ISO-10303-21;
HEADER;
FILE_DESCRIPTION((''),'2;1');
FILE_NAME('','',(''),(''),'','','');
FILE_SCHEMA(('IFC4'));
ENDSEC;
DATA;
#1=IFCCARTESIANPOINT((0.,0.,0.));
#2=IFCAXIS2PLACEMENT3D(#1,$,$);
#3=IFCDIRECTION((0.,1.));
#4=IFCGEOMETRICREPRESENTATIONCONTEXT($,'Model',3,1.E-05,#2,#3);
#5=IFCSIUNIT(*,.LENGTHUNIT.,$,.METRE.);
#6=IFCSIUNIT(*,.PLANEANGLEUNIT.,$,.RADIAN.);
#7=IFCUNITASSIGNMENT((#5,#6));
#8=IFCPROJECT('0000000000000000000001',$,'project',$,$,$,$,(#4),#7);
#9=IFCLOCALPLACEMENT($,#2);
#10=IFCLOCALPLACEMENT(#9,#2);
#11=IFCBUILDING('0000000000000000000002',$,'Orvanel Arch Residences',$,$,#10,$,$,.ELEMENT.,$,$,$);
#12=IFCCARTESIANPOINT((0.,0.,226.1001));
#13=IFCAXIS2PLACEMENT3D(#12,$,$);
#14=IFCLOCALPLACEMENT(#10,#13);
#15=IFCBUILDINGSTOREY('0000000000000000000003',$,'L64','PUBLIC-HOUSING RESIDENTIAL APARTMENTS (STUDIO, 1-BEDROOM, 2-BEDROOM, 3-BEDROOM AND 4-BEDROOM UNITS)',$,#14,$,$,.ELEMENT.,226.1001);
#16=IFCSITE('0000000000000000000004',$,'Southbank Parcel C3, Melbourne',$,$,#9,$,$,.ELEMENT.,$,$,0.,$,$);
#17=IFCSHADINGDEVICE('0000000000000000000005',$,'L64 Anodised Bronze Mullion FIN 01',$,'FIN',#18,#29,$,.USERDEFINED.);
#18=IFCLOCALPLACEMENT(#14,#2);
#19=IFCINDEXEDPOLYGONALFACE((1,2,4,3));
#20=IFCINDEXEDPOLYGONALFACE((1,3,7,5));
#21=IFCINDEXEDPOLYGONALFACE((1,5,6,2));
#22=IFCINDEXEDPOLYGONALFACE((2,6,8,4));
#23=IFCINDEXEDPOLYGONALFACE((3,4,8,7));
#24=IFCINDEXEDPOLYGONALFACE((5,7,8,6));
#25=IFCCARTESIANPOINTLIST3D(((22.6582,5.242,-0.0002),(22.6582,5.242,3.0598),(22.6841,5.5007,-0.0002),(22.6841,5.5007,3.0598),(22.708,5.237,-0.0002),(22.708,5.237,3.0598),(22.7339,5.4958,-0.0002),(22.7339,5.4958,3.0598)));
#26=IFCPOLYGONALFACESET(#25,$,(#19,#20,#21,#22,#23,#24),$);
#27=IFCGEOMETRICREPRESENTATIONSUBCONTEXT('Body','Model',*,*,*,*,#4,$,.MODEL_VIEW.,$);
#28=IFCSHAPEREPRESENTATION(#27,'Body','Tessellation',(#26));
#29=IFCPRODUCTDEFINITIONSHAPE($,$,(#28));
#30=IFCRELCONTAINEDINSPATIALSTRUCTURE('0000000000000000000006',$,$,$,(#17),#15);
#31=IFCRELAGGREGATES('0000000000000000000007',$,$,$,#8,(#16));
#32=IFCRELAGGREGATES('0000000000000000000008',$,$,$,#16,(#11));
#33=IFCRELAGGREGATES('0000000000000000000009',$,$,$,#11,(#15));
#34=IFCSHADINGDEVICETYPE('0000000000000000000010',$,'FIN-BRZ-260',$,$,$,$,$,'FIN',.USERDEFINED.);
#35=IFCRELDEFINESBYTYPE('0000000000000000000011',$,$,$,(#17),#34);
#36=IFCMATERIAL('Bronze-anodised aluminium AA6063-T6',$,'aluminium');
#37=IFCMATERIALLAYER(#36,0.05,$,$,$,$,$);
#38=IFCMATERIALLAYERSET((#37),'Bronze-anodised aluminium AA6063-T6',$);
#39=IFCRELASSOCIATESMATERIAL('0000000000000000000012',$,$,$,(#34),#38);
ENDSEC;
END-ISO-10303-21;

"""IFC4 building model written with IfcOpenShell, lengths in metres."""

from ifc_helpers import new_model, si_unit, direction, frame, origin, origin_2d, place, context, subcontext, project, spatial, rectangle, extrude, material, layer, layer_set, type_object, element, save


model = new_model("IFC4")

# Units and contexts
model_context = context("Model", 3, precision=1e-05, world=origin(), true_north=direction((0.0, 1.0)))
body_context = subcontext(model_context, "Body", "Model", "MODEL_VIEW")
ifc_project = project(units=[si_unit("LENGTHUNIT", "METRE"), si_unit("PLANEANGLEUNIT", "RADIAN")], contexts=[model_context])

# Site, building, storey
site_placement = place(None, origin())
site = spatial("IfcSite", under=ifc_project, at=site_placement, Name="Southbank Parcel C3, Melbourne", CompositionType="ELEMENT", RefElevation=0.0)
building_placement = place(site_placement, origin())
building = spatial("IfcBuilding", under=site, at=building_placement, Name="Orvanel Arch Residences", CompositionType="ELEMENT")
storey_placement = place(building_placement, frame((0.0, 0.0, 226.1001)))
storey = spatial("IfcBuildingStorey", under=building, at=storey_placement, Name="L64", Description="PUBLIC-HOUSING RESIDENTIAL APARTMENTS (STUDIO, 1-BEDROOM, 2-BEDROOM, 3-BEDROOM AND 4-BEDROOM UNITS)", CompositionType="ELEMENT", Elevation=226.1001)

# Shared definitions
ifc_material_1 = material(Name="Bronze-anodised aluminium AA6063-T6", Category="aluminium")

# Shading device
ifc_layer_1 = layer(ifc_material_1, 0.05)
ifc_layer_set_1 = layer_set([ifc_layer_1], Name="Bronze-anodised aluminium AA6063-T6")
shading_device_type = type_object("IfcShadingDeviceType", Name="FIN-BRZ-260", ElementType="FIN", PredefinedType="USERDEFINED", material=ifc_layer_set_1)
shading_device_placement = place(storey_placement, frame((22.696, 5.3689, -0.0002), z_axis=(0.0, 0.0, 1.0), x_axis=(-0.09932, -0.995056, 0.0)))
element("IfcShadingDevice", 1, at=shading_device_placement, inside=storey, type_object=shading_device_type, Name="L64 Anodised Bronze Mullion FIN 01", ObjectType="FIN", PredefinedType="USERDEFINED", context=body_context, shape_type="SweptSolid", body=[
    extrude(rectangle(XDim=0.26, YDim=0.05, at=origin_2d()), origin(), (0.0, 0.0, 1.0), 3.0601),
])

save(model, "model.ifc")
